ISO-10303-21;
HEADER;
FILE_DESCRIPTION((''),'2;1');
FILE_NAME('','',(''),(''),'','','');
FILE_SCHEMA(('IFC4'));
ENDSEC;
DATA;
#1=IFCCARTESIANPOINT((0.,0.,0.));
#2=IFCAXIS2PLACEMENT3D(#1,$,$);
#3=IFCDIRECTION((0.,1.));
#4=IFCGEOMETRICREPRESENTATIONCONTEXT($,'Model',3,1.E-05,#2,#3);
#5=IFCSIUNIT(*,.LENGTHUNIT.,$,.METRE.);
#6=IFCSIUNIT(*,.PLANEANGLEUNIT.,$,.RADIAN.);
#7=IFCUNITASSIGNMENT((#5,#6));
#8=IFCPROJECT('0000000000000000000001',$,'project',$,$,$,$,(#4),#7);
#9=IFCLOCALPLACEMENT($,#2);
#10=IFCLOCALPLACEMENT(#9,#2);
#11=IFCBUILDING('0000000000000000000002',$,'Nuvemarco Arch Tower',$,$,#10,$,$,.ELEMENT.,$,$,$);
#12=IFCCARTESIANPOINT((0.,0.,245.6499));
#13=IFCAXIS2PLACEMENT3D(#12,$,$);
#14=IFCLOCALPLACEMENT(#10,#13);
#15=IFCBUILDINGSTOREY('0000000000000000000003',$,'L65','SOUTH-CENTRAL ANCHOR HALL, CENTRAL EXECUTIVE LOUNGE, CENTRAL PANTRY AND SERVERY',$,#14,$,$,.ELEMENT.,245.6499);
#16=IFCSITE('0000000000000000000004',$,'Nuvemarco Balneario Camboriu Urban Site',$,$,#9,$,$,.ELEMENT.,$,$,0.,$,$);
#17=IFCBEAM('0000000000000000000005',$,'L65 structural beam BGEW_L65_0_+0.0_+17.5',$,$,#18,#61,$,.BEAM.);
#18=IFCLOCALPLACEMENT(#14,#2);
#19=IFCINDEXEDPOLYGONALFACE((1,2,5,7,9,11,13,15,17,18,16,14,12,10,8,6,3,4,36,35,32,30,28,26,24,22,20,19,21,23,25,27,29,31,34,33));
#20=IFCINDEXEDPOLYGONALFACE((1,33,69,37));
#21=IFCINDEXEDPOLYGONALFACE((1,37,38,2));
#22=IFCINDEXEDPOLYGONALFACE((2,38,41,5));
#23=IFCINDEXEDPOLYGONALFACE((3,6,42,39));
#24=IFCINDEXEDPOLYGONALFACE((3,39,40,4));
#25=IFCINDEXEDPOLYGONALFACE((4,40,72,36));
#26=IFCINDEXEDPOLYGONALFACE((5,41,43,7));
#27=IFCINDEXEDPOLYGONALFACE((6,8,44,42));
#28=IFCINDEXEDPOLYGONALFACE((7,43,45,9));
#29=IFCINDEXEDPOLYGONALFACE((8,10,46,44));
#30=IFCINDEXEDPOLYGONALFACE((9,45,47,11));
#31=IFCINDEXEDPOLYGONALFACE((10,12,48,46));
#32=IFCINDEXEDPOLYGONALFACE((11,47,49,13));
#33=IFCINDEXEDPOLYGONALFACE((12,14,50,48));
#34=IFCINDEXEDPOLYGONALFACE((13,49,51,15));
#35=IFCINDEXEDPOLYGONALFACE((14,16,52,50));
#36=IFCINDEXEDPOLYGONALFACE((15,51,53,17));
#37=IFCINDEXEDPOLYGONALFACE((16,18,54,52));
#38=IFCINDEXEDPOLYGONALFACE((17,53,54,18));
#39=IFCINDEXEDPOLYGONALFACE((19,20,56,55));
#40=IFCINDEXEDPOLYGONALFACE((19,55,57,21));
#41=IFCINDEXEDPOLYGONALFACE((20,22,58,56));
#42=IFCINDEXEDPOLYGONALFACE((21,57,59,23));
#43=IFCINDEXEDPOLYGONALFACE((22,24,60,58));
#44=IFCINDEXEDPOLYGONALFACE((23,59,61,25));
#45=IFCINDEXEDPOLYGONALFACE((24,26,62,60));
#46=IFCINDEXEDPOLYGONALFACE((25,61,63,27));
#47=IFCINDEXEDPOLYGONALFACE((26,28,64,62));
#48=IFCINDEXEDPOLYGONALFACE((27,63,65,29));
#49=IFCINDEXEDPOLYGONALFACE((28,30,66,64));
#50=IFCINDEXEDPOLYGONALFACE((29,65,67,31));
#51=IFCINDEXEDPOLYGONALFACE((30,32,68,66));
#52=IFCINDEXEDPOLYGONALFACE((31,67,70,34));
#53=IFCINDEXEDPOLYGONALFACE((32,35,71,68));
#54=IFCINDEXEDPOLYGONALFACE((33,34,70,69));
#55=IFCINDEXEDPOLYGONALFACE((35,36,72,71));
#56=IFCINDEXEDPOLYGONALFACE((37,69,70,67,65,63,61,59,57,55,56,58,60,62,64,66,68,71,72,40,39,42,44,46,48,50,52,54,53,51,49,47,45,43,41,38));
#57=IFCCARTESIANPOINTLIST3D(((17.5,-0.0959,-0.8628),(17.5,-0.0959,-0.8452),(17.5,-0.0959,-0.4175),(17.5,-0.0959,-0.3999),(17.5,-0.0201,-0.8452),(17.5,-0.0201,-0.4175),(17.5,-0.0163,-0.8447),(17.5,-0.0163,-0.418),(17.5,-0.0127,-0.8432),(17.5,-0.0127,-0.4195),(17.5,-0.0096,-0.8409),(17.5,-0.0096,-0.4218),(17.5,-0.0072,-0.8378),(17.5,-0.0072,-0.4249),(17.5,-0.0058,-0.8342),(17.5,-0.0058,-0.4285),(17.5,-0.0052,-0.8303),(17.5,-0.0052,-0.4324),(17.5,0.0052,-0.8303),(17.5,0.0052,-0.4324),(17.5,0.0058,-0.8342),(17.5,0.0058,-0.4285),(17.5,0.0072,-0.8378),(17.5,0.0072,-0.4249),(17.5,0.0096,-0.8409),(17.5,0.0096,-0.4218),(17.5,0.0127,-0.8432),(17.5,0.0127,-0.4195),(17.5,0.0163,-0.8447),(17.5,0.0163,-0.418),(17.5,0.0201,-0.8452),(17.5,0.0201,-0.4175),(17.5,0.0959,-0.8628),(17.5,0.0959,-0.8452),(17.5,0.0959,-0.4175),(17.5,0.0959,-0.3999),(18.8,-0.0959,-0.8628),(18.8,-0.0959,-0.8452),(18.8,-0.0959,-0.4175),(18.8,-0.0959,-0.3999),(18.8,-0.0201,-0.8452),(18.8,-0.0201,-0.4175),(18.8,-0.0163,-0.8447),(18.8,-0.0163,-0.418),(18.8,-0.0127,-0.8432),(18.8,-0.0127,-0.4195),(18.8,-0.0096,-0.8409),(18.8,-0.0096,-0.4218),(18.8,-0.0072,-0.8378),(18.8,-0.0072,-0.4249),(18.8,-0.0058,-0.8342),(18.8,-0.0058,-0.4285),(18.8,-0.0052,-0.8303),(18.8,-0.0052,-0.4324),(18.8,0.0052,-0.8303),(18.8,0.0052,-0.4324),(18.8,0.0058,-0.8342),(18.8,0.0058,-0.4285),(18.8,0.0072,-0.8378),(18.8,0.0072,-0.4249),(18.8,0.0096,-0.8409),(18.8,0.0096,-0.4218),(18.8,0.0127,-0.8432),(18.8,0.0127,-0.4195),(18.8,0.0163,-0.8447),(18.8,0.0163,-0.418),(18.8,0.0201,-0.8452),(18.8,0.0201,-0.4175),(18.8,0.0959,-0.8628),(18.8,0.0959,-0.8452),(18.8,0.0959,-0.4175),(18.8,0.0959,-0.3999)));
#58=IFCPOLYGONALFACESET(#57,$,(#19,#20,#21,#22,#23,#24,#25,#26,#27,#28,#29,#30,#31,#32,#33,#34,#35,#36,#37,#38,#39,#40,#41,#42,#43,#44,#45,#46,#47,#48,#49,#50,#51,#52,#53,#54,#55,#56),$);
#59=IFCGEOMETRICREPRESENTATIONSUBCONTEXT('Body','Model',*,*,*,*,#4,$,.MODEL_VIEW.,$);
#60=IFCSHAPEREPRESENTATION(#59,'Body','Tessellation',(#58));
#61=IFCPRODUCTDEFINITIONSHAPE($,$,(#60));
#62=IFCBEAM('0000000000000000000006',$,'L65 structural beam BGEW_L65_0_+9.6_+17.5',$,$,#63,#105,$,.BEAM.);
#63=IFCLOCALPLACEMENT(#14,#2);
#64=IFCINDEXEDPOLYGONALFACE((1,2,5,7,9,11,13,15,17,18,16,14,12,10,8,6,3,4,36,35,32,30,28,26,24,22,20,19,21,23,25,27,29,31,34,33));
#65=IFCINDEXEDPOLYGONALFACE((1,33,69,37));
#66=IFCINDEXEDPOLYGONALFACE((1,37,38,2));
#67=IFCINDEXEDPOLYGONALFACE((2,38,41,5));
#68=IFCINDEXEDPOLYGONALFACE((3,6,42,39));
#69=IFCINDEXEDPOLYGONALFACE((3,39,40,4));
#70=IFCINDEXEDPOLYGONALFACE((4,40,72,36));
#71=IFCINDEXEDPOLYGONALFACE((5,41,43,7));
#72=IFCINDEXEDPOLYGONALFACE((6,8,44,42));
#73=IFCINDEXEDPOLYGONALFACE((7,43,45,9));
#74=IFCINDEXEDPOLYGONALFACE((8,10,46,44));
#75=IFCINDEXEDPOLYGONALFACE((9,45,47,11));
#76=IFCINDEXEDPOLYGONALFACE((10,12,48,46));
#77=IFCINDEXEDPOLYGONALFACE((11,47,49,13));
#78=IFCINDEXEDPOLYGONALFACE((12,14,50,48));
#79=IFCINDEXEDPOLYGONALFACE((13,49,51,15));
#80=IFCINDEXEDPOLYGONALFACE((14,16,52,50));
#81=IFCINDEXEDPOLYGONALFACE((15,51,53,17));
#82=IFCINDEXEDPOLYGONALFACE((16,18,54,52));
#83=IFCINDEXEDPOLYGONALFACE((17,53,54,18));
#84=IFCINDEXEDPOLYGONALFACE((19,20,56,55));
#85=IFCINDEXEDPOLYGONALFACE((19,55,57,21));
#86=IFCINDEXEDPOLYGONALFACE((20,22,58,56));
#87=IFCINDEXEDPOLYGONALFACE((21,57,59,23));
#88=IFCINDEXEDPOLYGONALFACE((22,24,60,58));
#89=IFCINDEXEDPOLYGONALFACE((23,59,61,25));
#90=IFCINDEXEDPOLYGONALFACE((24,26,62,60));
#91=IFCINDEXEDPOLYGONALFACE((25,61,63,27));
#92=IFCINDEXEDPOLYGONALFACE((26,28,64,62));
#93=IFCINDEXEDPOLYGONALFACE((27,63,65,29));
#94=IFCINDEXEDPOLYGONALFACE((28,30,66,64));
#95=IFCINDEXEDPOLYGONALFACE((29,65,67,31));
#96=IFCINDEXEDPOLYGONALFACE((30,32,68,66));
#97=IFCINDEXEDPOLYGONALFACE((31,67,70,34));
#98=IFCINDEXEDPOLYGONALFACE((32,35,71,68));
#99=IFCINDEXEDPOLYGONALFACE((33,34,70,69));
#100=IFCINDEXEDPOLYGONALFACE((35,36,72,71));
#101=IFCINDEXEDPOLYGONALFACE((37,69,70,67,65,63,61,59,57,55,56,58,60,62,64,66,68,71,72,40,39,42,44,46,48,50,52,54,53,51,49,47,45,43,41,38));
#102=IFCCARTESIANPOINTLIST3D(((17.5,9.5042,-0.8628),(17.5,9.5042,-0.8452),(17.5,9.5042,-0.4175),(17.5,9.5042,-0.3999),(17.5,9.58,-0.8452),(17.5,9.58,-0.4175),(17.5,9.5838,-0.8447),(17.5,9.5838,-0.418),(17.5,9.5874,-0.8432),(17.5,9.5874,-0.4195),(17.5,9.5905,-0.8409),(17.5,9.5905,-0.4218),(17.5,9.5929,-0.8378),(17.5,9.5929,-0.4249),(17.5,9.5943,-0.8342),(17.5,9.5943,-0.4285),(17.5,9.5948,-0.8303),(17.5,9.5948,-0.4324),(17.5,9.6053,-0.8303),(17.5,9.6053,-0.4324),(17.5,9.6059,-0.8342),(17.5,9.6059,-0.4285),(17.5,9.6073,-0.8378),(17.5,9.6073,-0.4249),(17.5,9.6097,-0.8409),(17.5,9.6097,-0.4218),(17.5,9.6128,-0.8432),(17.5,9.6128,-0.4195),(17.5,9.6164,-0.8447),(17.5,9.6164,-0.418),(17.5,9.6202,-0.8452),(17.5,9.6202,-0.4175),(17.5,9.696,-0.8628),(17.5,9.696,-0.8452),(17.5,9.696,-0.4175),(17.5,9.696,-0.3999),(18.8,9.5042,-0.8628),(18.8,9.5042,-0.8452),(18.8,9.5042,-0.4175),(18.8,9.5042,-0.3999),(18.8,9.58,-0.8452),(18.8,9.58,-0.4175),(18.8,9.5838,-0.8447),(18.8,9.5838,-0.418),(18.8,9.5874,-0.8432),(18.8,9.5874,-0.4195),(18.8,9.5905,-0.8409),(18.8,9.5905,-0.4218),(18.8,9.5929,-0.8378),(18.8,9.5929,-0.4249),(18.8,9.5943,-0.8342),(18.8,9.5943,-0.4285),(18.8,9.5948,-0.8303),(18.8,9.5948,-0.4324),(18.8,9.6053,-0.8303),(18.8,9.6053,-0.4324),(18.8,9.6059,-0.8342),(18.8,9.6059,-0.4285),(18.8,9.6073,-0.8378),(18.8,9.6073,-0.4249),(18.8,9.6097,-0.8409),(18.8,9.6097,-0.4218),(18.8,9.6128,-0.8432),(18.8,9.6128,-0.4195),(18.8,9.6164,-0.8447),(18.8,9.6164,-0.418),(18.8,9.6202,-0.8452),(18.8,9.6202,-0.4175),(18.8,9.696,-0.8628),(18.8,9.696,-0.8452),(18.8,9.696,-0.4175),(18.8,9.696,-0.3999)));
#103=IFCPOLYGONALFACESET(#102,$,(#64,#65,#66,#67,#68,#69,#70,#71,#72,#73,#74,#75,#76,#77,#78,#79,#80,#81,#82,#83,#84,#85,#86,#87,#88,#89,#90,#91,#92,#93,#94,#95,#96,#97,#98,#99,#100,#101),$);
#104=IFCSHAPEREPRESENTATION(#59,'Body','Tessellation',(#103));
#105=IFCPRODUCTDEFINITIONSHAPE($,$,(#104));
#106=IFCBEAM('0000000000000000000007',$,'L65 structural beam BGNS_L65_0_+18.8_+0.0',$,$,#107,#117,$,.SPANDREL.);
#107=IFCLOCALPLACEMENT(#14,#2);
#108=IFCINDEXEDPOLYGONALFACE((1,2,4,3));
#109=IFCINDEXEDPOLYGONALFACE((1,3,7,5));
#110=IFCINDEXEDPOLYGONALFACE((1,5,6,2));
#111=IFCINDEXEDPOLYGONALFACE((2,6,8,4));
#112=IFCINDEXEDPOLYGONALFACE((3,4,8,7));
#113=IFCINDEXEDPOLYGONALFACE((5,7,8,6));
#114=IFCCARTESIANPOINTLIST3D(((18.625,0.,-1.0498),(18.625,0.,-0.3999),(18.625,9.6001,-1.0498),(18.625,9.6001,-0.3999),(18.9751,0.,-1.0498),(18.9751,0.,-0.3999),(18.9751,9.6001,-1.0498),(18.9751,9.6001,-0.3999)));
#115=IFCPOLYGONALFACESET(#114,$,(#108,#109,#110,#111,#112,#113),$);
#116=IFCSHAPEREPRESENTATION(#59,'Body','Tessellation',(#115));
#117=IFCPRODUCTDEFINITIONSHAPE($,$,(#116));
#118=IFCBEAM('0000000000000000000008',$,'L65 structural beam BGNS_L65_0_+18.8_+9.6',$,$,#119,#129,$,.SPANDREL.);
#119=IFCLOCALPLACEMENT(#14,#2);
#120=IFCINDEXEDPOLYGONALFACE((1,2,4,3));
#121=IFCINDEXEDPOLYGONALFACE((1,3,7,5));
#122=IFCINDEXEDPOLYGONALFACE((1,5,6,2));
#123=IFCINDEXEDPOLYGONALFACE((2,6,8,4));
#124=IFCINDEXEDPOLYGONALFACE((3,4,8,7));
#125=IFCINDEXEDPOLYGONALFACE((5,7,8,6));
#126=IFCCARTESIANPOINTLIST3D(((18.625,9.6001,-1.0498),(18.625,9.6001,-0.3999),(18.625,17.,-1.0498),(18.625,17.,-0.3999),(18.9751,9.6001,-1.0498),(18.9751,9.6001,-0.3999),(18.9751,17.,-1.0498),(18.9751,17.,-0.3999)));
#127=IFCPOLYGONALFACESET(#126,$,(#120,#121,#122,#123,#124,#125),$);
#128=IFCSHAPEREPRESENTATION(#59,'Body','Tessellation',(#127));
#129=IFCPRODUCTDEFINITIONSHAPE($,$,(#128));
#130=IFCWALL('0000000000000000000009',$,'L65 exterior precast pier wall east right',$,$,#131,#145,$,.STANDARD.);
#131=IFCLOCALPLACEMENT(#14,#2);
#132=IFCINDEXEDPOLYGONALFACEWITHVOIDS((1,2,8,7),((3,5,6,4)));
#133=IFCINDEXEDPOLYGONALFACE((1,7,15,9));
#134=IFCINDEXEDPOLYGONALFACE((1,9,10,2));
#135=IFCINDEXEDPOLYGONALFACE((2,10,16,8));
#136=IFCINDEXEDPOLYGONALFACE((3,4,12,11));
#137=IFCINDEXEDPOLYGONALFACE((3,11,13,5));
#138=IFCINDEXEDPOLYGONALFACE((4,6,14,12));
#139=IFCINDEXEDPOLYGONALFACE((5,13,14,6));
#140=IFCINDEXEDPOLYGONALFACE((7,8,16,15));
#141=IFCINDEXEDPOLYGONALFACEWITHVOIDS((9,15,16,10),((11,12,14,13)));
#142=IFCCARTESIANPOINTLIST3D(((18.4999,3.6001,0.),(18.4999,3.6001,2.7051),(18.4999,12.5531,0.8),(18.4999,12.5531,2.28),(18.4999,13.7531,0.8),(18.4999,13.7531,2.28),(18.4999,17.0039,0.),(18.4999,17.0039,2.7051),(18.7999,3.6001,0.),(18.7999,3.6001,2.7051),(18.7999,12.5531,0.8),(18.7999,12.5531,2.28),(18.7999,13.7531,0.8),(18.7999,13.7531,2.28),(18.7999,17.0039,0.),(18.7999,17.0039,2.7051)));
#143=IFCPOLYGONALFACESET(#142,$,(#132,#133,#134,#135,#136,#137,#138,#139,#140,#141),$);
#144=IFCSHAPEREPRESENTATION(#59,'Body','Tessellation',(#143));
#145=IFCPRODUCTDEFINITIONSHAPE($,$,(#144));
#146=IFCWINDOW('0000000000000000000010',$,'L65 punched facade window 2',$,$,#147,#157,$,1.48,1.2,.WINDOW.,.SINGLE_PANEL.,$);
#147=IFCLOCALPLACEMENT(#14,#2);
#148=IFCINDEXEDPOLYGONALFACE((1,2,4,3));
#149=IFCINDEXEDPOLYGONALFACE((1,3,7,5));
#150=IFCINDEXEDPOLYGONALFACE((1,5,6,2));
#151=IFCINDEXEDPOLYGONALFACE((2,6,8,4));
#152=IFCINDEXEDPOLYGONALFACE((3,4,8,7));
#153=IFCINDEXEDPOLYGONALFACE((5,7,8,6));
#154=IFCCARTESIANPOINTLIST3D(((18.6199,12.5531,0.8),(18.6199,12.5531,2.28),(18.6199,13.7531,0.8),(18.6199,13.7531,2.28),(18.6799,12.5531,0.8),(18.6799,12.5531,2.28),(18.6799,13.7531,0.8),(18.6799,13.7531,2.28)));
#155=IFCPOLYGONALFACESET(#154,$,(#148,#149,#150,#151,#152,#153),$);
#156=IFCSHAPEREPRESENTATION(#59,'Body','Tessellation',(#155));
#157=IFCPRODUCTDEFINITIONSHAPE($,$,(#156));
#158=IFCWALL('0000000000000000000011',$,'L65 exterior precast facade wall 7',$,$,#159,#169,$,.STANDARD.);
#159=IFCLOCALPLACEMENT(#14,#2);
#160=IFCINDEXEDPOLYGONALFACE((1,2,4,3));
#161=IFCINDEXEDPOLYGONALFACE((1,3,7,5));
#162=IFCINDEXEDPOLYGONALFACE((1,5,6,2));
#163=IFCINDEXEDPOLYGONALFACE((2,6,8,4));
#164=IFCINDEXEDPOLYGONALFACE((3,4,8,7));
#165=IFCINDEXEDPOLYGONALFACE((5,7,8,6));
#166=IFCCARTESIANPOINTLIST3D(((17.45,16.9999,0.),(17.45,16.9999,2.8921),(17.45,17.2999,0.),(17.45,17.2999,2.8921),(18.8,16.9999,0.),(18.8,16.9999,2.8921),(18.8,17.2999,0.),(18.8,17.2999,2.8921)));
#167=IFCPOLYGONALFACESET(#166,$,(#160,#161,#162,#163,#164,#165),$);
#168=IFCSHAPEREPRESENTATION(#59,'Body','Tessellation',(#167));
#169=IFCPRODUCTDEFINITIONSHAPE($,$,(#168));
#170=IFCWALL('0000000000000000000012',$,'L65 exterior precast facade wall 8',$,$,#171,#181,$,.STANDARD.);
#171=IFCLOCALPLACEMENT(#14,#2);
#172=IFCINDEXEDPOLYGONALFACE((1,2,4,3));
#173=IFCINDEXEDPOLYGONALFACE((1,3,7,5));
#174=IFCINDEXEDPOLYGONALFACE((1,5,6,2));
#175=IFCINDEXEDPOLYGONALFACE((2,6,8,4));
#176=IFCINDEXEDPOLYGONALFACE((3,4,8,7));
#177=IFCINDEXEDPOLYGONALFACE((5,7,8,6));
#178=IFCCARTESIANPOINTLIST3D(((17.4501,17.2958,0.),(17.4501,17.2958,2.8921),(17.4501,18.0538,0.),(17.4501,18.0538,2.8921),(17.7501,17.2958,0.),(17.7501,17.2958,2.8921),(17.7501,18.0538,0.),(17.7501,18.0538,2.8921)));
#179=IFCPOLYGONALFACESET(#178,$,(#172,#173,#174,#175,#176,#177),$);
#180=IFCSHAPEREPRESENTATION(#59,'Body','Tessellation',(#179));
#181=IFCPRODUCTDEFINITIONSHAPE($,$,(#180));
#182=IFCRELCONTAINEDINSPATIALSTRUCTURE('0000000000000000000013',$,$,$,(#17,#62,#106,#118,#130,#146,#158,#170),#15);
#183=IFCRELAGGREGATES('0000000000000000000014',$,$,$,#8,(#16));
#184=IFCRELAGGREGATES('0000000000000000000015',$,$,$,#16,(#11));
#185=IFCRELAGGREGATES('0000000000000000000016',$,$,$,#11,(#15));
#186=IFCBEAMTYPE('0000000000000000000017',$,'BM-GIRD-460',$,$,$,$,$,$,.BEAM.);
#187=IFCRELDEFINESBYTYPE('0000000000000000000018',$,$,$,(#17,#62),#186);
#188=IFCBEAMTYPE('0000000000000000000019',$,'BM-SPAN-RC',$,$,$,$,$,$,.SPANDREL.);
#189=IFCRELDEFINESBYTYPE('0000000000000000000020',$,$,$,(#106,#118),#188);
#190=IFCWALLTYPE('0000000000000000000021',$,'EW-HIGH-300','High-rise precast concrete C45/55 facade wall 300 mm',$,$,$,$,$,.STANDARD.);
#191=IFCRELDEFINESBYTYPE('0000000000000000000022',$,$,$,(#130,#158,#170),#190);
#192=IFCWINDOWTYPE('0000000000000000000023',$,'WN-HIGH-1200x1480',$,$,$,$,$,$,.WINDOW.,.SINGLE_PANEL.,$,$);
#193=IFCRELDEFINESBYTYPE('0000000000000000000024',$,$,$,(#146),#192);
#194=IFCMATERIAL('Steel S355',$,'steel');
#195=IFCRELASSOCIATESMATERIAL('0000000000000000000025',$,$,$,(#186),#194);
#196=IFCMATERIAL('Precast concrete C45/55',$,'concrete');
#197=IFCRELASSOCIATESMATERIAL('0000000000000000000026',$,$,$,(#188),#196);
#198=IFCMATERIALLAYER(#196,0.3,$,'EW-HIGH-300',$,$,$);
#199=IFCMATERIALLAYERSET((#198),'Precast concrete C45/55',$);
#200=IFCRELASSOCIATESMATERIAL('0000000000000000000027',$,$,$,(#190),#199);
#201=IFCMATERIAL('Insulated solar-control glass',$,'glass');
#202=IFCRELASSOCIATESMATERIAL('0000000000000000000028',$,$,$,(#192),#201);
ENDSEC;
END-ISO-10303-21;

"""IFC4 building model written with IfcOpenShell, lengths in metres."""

from ifc_helpers import new_model, si_unit, direction, frame, frame_2d, origin, origin_2d, place, context, subcontext, project, spatial, rectangle, i_section, extrude, source, transform, mapped, material, layer, layer_set, material_profile, profile_set, type_object, type_shapes, element, fill, save


model = new_model("IFC4")

# Units and contexts
model_context = context("Model", 3, precision=1e-05, world=origin(), true_north=direction((0.0, 1.0)))
body_context = subcontext(model_context, "Body", "Model", "MODEL_VIEW")
ifc_project = project(units=[si_unit("LENGTHUNIT", "METRE"), si_unit("PLANEANGLEUNIT", "RADIAN")], contexts=[model_context])

# Site, building, storey
site_placement = place(None, origin())
site = spatial("IfcSite", under=ifc_project, at=site_placement, Name="Nuvemarco Balneario Camboriu Urban Site", CompositionType="ELEMENT", RefElevation=0.0)
building_placement = place(site_placement, origin())
building = spatial("IfcBuilding", under=site, at=building_placement, Name="Nuvemarco Arch Tower", CompositionType="ELEMENT")
storey_placement = place(building_placement, frame((0.0, 0.0, 245.6499)))
storey = spatial("IfcBuildingStorey", under=building, at=storey_placement, Name="L65", Description="SOUTH-CENTRAL ANCHOR HALL, CENTRAL EXECUTIVE LOUNGE, CENTRAL PANTRY AND SERVERY", CompositionType="ELEMENT", Elevation=245.6499)

# Shared definitions
ifc_material_1 = material(Name="Steel S355", Category="steel")

# Beams
ifc_material_profile_1 = material_profile(ifc_material_1, i_section(OverallWidth=0.1919, OverallDepth=0.4629, WebThickness=0.0105, FlangeThickness=0.0176, FilletRadius=0.0149, at=origin_2d()), Name="W460x89")
ifc_profile_set_1 = profile_set([ifc_material_profile_1], Name="Steel S355")
beam_type_1 = type_object("IfcBeamType", Name="BM-GIRD-460", PredefinedType="BEAM", material=ifc_profile_set_1)
for number, where, z_axis, x_axis, name in (
    (1, (17.5, 0.0, -0.6313), (1.0, 0.0, 0.0), (0.0, 1.0, 0.0), "L65 structural beam BGEW_L65_0_+0.0_+17.5"),
    (2, (17.5, 9.6001, -0.6313), (1.0, 0.0, 0.0), (0.0, 1.0, 0.0), "L65 structural beam BGEW_L65_0_+9.6_+17.5"),
):
    element("IfcBeam", number, at=place(storey_placement, frame(where, z_axis=z_axis, x_axis=x_axis)), inside=storey, type_object=beam_type_1, Name=name, PredefinedType="BEAM", context=body_context, shape_type="SweptSolid", body=[
        extrude(i_section(OverallWidth=0.1919, OverallDepth=0.4629, WebThickness=0.0105, FlangeThickness=0.0176, FilletRadius=0.0149, at=origin_2d()), origin(), (0.0, 0.0, 1.0), 1.3),
    ])
ifc_material_2 = material(Name="Precast concrete C45/55", Category="concrete")
ifc_material_profile_2 = material_profile(ifc_material_2, rectangle(XDim=0.3501, YDim=0.6499, at=origin_2d()), Name="PC-SP-350x650")
ifc_profile_set_2 = profile_set([ifc_material_profile_2], Name="Precast concrete C45/55")
beam_type_2 = type_object("IfcBeamType", Name="BM-SPAN-RC", PredefinedType="SPANDREL", material=ifc_profile_set_2)
beam_1_placement = place(storey_placement, frame((18.8, 0.0, -0.7249), z_axis=(0.0, 1.0, 0.0), x_axis=(-1.0, 0.0, 0.0)))
element("IfcBeam", 3, at=beam_1_placement, inside=storey, type_object=beam_type_2, Name="L65 structural beam BGNS_L65_0_+18.8_+0.0", PredefinedType="SPANDREL", context=body_context, shape_type="SweptSolid", body=[
    extrude(rectangle(XDim=0.3501, YDim=0.6499, at=origin_2d()), origin(), (0.0, 0.0, 1.0), 9.6001),
])
beam_2_placement = place(storey_placement, frame((18.8, 9.6001, -0.7249), z_axis=(0.0, 1.0, 0.0), x_axis=(-1.0, 0.0, 0.0)))
element("IfcBeam", 4, at=beam_2_placement, inside=storey, type_object=beam_type_2, Name="L65 structural beam BGNS_L65_0_+18.8_+9.6", PredefinedType="SPANDREL", context=body_context, shape_type="SweptSolid", body=[
    extrude(rectangle(XDim=0.3501, YDim=0.6499, at=origin_2d()), origin(), (0.0, 0.0, 1.0), 7.3999),
])

# Wall, opening, window
ifc_layer_1 = layer(ifc_material_2, 0.3, Name="EW-HIGH-300")
ifc_layer_set_1 = layer_set([ifc_layer_1], Name="Precast concrete C45/55")
wall_type_1 = type_object("IfcWallType", Name="EW-HIGH-300", Description="High-rise precast concrete C45/55 facade wall 300 mm", PredefinedType="STANDARD", material=ifc_layer_set_1)
wall_1_placement = place(storey_placement, frame((18.6499, 3.6001, 0.0), z_axis=(0.0, 0.0, 1.0), x_axis=(0.0, 1.0, 0.0)))
wall_1 = element("IfcWall", 5, at=wall_1_placement, inside=storey, type_object=wall_type_1, Name="L65 exterior precast pier wall east right", PredefinedType="STANDARD", context=body_context, shape_type="SweptSolid", body=[
    extrude(rectangle(XDim=13.4038, YDim=0.3, at=frame_2d((6.7019, 0.0))), origin(), (0.0, 0.0, 1.0), 2.7051),
])
opening_1_placement = place(wall_1_placement, frame((8.9529, 0.0, 0.8)))
opening_1 = element("IfcOpeningElement", 6, at=opening_1_placement, cuts=wall_1, PredefinedType="OPENING", context=body_context, shape_type="SweptSolid", body=[
    extrude(rectangle(XDim=1.2, YDim=1.48, at=frame_2d((0.6001, 0.74))), frame((0.0, 0.1599, 0.0), z_axis=(0.0, -1.0, 0.0), x_axis=(1.0, 0.0, 0.0)), (0.0, 0.0, 1.0), 0.3201),
])
ifc_material_3 = material(Name="Insulated solar-control glass", Category="glass")
window_type = type_object("IfcWindowType", Name="WN-HIGH-1200x1480", PartitioningType="SINGLE_PANEL", PredefinedType="WINDOW", material=ifc_material_3)
shared_shape_1 = source(origin(), body_context, "Body", "SweptSolid", [
    extrude(rectangle(XDim=1.2, YDim=1.48, at=frame_2d((0.6001, 0.74))), frame((0.0, 0.03, 0.0), z_axis=(0.0, -1.0, 0.0), x_axis=(1.0, 0.0, 0.0)), (0.0, 0.0, 1.0), 0.0601),
])
type_shapes(window_type, [shared_shape_1])
window_placement = place(opening_1_placement, origin())
window = element("IfcWindow", 7, at=window_placement, inside=storey, type_object=window_type, Name="L65 punched facade window 2", OverallHeight=1.48, OverallWidth=1.2, PartitioningType="SINGLE_PANEL", PredefinedType="WINDOW", context=body_context, shape_type="MappedRepresentation", body=[
    mapped(shared_shape_1, transform((0.0, 0.0, 0.0), scale=1.0)),
])
fill(opening_1, window)

# Walls
wall_2_placement = place(storey_placement, frame((17.45, 17.1499, 0.0), z_axis=(0.0, 0.0, 1.0), x_axis=(1.0, 0.0, 0.0)))
element("IfcWall", 8, at=wall_2_placement, inside=storey, type_object=wall_type_1, Name="L65 exterior precast facade wall 7", PredefinedType="STANDARD", context=body_context, shape_type="SweptSolid", body=[
    extrude(rectangle(XDim=1.3501, YDim=0.3, at=frame_2d((0.675, 0.0))), origin(), (0.0, 0.0, 1.0), 2.8921),
])
wall_3_placement = place(storey_placement, frame((17.6001, 17.2959, 0.0), z_axis=(0.0, 0.0, 1.0), x_axis=(0.0, 1.0, 0.0)))
element("IfcWall", 9, at=wall_3_placement, inside=storey, type_object=wall_type_1, Name="L65 exterior precast facade wall 8", PredefinedType="STANDARD", context=body_context, shape_type="SweptSolid", body=[
    extrude(rectangle(XDim=0.7581, YDim=0.3, at=frame_2d((0.3789, 0.0))), origin(), (0.0, 0.0, 1.0), 2.8921),
])

save(model, "model.ifc")
